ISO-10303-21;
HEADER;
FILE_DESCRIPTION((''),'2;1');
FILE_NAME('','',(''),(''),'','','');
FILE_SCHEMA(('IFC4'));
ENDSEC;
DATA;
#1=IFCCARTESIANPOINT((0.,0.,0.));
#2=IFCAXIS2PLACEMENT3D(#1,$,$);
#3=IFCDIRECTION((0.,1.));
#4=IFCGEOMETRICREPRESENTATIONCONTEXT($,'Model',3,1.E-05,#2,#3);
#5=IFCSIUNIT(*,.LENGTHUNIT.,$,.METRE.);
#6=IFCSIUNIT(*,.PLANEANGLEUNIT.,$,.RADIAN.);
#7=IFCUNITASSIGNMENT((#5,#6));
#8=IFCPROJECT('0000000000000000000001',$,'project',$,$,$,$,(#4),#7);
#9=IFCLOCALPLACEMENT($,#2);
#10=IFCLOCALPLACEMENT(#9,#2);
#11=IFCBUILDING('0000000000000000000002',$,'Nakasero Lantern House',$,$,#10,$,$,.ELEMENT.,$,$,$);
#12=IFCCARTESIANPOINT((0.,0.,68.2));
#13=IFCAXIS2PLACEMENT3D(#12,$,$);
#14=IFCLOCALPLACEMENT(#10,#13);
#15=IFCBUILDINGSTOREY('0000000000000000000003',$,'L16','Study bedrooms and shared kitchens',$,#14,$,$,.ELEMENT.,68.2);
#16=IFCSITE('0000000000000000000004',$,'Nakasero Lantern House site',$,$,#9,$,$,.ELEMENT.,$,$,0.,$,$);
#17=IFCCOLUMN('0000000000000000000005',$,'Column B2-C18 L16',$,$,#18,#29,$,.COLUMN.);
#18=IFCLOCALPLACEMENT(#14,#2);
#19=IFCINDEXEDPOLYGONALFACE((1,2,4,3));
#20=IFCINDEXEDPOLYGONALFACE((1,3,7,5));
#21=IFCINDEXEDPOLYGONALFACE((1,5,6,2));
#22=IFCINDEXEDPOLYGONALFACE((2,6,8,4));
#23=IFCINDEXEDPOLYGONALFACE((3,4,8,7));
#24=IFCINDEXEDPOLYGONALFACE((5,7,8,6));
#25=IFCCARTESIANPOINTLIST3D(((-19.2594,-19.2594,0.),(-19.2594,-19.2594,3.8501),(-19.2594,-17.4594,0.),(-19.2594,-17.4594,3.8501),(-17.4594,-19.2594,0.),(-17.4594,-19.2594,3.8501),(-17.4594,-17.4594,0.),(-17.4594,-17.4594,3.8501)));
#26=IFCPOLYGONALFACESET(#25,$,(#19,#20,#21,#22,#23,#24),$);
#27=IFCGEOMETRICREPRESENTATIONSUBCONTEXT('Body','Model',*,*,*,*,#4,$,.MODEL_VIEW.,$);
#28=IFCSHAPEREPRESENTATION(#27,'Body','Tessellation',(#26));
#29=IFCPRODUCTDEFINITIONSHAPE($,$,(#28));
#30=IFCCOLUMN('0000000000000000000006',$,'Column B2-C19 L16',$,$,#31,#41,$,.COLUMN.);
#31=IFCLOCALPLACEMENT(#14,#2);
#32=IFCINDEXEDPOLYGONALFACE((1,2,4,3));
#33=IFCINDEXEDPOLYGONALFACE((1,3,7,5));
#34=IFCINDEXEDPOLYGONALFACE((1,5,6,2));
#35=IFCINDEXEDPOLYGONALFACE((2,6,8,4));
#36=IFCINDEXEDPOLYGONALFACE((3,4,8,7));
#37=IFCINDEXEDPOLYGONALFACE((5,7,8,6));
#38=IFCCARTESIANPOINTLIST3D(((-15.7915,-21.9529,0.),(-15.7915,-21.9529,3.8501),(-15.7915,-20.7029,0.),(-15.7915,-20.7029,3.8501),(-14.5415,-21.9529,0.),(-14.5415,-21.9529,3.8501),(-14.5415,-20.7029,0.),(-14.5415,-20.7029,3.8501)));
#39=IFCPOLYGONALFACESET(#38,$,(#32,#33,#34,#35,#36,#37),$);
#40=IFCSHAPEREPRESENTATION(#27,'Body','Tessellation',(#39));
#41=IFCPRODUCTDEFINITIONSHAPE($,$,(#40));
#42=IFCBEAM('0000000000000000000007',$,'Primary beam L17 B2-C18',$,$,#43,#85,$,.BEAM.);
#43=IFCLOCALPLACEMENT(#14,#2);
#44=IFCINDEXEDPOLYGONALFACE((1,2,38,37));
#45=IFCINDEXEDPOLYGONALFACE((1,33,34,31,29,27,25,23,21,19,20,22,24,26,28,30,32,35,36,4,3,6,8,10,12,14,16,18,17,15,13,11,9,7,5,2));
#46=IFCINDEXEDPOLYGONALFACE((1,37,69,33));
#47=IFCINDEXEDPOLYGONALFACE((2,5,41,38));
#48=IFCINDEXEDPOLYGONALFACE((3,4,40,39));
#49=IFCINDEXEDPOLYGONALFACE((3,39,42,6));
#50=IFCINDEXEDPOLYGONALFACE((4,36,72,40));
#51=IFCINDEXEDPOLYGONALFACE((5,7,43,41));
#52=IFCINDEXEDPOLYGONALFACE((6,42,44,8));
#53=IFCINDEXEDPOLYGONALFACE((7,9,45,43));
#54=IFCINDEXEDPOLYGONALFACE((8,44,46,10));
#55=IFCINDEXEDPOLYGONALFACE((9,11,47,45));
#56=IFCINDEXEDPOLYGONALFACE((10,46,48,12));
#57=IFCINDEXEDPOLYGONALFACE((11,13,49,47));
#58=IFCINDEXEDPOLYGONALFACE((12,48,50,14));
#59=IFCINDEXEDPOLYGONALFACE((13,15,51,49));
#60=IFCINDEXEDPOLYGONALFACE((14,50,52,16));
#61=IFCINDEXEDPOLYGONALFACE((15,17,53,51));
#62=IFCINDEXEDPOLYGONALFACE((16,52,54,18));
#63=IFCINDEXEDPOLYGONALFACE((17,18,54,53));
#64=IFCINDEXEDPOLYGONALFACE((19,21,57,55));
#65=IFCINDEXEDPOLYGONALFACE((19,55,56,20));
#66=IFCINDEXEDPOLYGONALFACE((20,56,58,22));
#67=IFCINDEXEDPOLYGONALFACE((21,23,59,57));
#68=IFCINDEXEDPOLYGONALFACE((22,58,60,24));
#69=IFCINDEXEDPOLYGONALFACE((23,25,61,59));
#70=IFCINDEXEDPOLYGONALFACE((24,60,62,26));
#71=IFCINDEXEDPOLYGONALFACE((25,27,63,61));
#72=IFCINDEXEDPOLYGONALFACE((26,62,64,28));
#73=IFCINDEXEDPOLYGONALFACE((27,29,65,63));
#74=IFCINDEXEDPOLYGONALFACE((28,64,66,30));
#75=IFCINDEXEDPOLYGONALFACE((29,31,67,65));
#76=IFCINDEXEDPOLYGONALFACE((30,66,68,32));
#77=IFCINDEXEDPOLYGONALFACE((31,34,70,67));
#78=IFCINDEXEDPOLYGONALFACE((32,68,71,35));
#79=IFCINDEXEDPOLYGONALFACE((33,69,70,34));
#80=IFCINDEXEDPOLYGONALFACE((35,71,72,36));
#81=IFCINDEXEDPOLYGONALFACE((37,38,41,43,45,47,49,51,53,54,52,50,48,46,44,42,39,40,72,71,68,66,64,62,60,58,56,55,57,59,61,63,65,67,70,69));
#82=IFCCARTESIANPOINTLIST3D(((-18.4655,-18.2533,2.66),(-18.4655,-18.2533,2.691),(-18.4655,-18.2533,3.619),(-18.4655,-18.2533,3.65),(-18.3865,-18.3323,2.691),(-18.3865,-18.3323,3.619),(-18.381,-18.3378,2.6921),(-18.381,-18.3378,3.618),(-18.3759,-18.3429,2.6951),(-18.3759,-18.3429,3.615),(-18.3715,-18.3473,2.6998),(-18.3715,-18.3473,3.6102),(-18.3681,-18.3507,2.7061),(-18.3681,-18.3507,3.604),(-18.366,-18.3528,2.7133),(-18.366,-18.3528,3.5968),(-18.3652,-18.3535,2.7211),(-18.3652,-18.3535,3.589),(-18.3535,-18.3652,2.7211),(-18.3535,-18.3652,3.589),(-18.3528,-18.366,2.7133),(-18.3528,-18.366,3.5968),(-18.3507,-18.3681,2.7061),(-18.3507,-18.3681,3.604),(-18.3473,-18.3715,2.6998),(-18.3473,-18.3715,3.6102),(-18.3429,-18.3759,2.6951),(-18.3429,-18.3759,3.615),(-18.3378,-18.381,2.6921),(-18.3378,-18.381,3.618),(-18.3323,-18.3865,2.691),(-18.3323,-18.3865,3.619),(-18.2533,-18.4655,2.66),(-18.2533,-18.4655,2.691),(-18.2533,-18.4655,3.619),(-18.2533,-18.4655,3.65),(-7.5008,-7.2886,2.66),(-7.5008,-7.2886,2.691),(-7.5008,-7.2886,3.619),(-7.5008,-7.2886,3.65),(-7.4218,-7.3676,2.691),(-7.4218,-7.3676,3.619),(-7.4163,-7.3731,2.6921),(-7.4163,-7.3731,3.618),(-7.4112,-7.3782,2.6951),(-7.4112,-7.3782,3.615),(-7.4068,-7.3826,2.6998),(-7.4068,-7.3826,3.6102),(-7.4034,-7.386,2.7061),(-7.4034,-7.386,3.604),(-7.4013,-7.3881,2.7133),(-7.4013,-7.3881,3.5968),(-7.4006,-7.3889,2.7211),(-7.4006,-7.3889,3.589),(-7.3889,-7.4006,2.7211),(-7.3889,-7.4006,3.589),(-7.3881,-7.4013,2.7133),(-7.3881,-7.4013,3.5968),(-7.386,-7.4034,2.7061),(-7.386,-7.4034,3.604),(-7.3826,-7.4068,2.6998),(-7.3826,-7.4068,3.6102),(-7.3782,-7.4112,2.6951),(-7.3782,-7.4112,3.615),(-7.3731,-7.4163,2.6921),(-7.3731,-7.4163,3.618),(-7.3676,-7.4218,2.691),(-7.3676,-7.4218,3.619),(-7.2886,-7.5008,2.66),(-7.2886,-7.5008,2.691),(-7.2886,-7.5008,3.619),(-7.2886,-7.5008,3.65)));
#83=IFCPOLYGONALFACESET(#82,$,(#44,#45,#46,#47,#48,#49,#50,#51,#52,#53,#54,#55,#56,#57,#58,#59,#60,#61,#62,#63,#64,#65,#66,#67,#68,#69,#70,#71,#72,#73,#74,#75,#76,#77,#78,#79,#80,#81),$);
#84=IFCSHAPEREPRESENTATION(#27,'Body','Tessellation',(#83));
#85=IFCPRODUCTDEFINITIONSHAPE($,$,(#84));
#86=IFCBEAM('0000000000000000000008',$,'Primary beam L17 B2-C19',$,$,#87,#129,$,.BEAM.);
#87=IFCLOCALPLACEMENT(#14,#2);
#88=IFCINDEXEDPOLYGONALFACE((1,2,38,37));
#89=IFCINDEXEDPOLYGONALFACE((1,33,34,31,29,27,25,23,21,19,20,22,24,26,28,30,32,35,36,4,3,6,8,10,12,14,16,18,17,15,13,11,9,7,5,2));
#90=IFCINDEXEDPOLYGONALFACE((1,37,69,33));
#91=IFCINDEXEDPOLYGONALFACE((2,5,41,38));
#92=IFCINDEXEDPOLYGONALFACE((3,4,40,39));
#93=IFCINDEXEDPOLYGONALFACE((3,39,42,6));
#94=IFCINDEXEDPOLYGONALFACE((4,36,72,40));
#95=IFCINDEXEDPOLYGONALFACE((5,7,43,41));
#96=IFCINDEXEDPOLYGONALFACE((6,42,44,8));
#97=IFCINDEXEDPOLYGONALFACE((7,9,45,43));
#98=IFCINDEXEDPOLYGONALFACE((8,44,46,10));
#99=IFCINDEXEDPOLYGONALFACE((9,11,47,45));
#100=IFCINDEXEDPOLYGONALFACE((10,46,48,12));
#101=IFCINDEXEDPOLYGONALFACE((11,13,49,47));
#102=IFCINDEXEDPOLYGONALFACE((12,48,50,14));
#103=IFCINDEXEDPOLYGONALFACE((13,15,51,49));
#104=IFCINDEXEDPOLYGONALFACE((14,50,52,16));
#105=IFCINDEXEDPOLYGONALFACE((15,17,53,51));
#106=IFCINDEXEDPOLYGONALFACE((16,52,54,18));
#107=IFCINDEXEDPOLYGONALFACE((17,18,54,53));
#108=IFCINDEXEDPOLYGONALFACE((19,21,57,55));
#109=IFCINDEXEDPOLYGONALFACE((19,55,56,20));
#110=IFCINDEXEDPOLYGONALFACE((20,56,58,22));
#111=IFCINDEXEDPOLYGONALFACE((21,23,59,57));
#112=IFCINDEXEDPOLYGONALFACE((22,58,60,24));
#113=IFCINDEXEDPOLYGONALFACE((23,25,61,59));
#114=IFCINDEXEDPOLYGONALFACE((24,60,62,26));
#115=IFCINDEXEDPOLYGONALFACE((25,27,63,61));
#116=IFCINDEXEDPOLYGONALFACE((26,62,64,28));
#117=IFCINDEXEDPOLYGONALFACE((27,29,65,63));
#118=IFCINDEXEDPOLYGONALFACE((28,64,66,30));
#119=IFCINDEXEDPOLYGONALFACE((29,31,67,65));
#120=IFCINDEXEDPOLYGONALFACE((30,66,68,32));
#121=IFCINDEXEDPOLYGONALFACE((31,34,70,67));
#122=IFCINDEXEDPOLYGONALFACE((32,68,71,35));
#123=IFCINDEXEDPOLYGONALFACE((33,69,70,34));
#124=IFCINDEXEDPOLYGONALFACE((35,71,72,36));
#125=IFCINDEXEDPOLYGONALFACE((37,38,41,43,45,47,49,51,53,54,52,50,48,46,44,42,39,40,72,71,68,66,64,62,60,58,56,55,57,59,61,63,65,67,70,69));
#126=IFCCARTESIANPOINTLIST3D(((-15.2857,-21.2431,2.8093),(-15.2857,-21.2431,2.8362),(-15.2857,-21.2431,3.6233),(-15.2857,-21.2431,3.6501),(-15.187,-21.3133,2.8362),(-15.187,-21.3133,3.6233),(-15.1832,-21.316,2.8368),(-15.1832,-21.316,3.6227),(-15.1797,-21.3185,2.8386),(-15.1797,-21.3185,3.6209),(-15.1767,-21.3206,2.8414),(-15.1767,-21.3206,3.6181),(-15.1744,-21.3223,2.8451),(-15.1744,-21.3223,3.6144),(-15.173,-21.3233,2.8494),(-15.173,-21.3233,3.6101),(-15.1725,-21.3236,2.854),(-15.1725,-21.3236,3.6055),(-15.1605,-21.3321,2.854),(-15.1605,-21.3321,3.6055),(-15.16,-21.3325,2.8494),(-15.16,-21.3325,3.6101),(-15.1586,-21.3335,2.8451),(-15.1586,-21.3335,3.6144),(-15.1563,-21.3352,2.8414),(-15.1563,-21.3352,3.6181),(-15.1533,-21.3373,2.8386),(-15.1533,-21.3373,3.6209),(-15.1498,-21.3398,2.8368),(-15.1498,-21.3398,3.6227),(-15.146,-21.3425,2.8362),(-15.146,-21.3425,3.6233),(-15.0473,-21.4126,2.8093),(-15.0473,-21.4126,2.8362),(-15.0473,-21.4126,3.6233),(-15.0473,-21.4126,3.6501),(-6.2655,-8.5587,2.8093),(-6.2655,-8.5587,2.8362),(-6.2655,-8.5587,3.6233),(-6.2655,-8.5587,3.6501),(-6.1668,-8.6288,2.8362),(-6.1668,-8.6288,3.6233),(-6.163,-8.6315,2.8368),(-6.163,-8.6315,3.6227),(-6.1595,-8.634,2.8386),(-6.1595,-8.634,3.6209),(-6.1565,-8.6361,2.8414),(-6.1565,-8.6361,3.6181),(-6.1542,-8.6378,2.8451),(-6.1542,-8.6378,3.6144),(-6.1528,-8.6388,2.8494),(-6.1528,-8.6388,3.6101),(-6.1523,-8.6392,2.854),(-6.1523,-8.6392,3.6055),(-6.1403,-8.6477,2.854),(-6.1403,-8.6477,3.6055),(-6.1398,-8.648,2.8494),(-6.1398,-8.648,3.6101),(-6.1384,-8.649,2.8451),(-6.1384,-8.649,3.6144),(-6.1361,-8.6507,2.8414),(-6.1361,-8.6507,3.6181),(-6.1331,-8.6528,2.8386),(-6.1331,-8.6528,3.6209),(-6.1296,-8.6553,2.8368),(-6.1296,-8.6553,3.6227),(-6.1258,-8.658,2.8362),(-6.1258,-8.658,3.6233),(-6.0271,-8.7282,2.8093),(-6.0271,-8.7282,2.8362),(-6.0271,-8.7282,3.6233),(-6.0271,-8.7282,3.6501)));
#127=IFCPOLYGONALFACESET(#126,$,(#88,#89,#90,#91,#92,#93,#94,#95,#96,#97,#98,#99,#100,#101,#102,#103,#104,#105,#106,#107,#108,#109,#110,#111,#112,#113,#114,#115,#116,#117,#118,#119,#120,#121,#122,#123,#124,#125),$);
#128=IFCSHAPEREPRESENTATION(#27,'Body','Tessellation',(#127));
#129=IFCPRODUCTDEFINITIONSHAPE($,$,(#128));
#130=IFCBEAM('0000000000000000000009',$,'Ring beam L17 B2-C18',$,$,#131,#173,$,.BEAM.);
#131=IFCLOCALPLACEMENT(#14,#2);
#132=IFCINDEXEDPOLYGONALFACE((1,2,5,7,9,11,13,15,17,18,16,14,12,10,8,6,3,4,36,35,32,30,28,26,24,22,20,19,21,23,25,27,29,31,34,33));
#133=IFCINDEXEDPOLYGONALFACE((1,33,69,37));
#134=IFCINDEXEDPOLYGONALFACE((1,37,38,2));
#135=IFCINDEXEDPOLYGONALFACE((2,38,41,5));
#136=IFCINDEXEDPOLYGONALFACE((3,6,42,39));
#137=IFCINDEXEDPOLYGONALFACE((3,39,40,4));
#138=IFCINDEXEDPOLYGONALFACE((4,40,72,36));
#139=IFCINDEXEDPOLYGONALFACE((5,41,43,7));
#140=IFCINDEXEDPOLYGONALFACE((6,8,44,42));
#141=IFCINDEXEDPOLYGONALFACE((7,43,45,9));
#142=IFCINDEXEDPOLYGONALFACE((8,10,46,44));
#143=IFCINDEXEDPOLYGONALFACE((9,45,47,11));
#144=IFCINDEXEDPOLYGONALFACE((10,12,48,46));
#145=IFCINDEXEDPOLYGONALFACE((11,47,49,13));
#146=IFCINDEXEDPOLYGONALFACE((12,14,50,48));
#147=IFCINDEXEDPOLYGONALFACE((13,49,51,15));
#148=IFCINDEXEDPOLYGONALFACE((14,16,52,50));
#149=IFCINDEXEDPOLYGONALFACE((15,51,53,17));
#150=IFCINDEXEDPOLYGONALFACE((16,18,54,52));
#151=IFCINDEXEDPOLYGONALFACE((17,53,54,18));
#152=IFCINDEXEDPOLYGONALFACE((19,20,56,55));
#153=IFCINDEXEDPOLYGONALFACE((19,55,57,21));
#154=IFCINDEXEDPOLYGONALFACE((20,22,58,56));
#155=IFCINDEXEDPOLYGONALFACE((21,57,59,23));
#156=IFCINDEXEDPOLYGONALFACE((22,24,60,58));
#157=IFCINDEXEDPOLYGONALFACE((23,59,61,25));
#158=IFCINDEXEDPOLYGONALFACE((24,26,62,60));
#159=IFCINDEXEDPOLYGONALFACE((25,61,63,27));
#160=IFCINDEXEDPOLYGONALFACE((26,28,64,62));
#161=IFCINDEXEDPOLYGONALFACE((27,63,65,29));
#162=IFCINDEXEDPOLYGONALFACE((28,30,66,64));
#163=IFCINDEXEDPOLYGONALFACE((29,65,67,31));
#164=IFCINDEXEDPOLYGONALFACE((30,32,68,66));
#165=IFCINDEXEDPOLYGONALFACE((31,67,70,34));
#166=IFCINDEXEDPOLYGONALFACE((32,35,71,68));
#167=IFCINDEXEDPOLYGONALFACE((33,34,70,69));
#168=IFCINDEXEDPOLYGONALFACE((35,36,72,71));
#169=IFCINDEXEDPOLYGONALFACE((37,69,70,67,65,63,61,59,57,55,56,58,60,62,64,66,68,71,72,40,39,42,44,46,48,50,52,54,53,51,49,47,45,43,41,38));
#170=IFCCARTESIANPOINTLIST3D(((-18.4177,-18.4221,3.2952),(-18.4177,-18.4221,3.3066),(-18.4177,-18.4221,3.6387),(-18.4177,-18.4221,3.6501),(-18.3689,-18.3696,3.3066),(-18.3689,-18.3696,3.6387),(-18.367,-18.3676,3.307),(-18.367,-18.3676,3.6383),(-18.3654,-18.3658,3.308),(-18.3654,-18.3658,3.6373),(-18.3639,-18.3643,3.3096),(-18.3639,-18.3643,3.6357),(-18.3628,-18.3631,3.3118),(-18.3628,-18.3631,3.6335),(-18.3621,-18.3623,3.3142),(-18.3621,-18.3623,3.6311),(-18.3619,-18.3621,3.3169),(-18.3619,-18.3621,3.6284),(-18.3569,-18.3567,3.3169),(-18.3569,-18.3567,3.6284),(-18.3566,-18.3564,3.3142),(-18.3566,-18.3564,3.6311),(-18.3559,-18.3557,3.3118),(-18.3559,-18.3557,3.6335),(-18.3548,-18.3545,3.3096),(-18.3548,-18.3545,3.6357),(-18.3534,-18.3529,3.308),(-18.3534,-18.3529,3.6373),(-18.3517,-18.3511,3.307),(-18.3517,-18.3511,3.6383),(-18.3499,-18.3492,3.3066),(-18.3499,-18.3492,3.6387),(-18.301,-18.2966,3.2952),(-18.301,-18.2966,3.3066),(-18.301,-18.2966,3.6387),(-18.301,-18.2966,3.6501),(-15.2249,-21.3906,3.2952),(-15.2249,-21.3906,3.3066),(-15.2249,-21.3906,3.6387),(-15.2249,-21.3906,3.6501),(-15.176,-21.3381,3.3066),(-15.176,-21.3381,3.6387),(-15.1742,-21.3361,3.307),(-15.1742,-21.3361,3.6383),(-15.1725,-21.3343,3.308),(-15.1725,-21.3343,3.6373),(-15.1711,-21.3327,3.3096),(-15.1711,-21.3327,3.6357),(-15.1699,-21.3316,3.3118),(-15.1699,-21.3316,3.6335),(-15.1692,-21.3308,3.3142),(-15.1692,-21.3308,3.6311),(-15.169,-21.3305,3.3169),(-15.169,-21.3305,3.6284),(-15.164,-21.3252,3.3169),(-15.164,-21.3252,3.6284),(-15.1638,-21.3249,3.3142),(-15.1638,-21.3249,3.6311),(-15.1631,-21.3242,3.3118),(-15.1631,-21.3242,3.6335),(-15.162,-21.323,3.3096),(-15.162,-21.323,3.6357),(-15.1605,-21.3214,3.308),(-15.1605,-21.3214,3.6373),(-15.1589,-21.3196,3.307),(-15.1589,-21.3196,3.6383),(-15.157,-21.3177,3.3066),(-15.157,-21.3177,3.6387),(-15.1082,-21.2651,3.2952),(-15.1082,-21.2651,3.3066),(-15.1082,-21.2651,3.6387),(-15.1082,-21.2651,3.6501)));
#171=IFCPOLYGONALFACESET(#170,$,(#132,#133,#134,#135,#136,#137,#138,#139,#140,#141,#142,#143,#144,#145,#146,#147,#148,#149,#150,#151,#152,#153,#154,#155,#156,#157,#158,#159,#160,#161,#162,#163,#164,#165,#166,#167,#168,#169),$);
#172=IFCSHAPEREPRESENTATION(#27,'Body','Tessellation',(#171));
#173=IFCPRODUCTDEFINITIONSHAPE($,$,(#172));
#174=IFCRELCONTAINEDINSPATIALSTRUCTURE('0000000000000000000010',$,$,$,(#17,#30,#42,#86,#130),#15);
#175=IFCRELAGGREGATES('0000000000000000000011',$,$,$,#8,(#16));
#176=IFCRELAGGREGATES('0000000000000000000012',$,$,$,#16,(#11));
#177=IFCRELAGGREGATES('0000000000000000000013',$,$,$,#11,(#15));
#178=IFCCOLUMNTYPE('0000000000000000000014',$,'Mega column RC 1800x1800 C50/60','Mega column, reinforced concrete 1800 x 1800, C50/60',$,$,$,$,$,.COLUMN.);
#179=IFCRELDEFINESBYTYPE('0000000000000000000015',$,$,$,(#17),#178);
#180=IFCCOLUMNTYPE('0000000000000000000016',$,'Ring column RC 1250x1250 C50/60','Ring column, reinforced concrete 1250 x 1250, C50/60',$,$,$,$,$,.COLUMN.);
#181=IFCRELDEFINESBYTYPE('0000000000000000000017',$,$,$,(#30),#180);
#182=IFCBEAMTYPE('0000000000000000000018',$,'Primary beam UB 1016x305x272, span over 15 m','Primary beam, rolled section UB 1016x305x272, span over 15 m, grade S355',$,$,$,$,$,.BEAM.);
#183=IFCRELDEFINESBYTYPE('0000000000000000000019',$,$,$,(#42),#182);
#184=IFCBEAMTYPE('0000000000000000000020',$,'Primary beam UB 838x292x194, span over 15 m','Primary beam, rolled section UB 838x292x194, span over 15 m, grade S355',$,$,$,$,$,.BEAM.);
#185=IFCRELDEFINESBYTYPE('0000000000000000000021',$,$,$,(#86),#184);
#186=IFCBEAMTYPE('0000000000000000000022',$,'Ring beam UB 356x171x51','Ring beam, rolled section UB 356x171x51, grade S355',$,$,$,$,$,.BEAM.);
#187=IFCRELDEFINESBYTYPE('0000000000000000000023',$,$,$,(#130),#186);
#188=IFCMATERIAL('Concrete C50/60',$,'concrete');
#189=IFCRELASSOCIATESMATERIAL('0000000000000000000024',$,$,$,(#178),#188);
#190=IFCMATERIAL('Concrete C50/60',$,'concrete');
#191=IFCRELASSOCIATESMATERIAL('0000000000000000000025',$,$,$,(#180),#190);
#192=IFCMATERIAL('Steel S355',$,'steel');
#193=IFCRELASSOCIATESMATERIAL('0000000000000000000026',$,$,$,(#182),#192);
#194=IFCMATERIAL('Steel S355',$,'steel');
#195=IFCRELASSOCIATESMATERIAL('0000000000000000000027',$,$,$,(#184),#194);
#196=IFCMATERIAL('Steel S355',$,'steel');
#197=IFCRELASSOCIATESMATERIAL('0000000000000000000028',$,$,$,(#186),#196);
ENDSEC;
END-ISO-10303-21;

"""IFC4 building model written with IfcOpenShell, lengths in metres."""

from ifc_helpers import new_model, si_unit, direction, frame, origin, origin_2d, place, context, subcontext, project, spatial, rectangle, i_section, extrude, material, material_profile, profile_set, type_object, element, save


model = new_model("IFC4")

# Units and contexts
model_context = context("Model", 3, precision=1e-05, world=origin(), true_north=direction((0.0, 1.0)))
body_context = subcontext(model_context, "Body", "Model", "MODEL_VIEW")
ifc_project = project(units=[si_unit("LENGTHUNIT", "METRE"), si_unit("PLANEANGLEUNIT", "RADIAN")], contexts=[model_context])

# Site, building, storey
site_placement = place(None, origin())
site = spatial("IfcSite", under=ifc_project, at=site_placement, Name="Nakasero Lantern House site", CompositionType="ELEMENT", RefElevation=0.0)
building_placement = place(site_placement, origin())
building = spatial("IfcBuilding", under=site, at=building_placement, Name="Nakasero Lantern House", CompositionType="ELEMENT")
storey_placement = place(building_placement, frame((0.0, 0.0, 68.2)))
storey = spatial("IfcBuildingStorey", under=building, at=storey_placement, Name="L16", Description="Study bedrooms and shared kitchens", CompositionType="ELEMENT", Elevation=68.2)

# Columns
ifc_material_1 = material(Name="Concrete C50/60", Category="concrete")
ifc_material_profile_1 = material_profile(ifc_material_1, rectangle(XDim=1.8, YDim=1.8, at=origin_2d()), Name="RC 1800x1800")
ifc_profile_set_1 = profile_set([ifc_material_profile_1], Name="Concrete C50/60")
column_type_1 = type_object("IfcColumnType", Name="Mega column RC 1800x1800 C50/60", Description="Mega column, reinforced concrete 1800 x 1800, C50/60", PredefinedType="COLUMN", material=ifc_profile_set_1)
column_1_placement = place(storey_placement, frame((-18.3594, -18.3594, 0.0), z_axis=(0.0, 0.0, 1.0), x_axis=(1.0, 0.0, 0.0)))
element("IfcColumn", 1, at=column_1_placement, inside=storey, type_object=column_type_1, Name="Column B2-C18 L16", PredefinedType="COLUMN", context=body_context, shape_type="SweptSolid", body=[
    extrude(rectangle(XDim=1.8, YDim=1.8, at=origin_2d()), origin(), (0.0, 0.0, 1.0), 3.8501),
])
ifc_material_2 = material(Name="Concrete C50/60", Category="concrete")
ifc_material_profile_2 = material_profile(ifc_material_2, rectangle(XDim=1.25, YDim=1.25, at=origin_2d()), Name="RC 1250x1250")
ifc_profile_set_2 = profile_set([ifc_material_profile_2], Name="Concrete C50/60")
column_type_2 = type_object("IfcColumnType", Name="Ring column RC 1250x1250 C50/60", Description="Ring column, reinforced concrete 1250 x 1250, C50/60", PredefinedType="COLUMN", material=ifc_profile_set_2)
column_2_placement = place(storey_placement, frame((-15.1665, -21.3279, 0.0), z_axis=(0.0, 0.0, 1.0), x_axis=(1.0, 0.0, 0.0)))
element("IfcColumn", 2, at=column_2_placement, inside=storey, type_object=column_type_2, Name="Column B2-C19 L16", PredefinedType="COLUMN", context=body_context, shape_type="SweptSolid", body=[
    extrude(rectangle(XDim=1.25, YDim=1.25, at=origin_2d()), origin(), (0.0, 0.0, 1.0), 3.8501),
])

# Beams
ifc_material_3 = material(Name="Steel S355", Category="steel")
ifc_material_profile_3 = material_profile(ifc_material_3, i_section(OverallWidth=0.3, OverallDepth=0.99, WebThickness=0.0166, FlangeThickness=0.031, FilletRadius=0.03, at=origin_2d()), Name="UB 1016x305x272")
ifc_profile_set_3 = profile_set([ifc_material_profile_3], Name="Steel S355")
beam_type_1 = type_object("IfcBeamType", Name="Primary beam UB 1016x305x272, span over 15 m", Description="Primary beam, rolled section UB 1016x305x272, span over 15 m, grade S355", PredefinedType="BEAM", material=ifc_profile_set_3)
beam_1_placement = place(storey_placement, frame((-18.3594, -18.3594, 3.155), z_axis=(0.707107, 0.707107, 0.0), x_axis=(-0.707107, 0.707107, 0.0)))
element("IfcBeam", 3, at=beam_1_placement, inside=storey, type_object=beam_type_1, Name="Primary beam L17 B2-C18", PredefinedType="BEAM", context=body_context, shape_type="SweptSolid", body=[
    extrude(i_section(OverallWidth=0.3, OverallDepth=0.99, WebThickness=0.0166, FlangeThickness=0.031, FilletRadius=0.03, at=origin_2d()), origin(), (0.0, 0.0, 1.0), 15.5063),
])
ifc_material_4 = material(Name="Steel S355", Category="steel")
ifc_material_profile_4 = material_profile(ifc_material_4, i_section(OverallWidth=0.2925, OverallDepth=0.8408, WebThickness=0.0146, FlangeThickness=0.0269, FilletRadius=0.0178, at=origin_2d()), Name="UB 838x292x194")
ifc_profile_set_4 = profile_set([ifc_material_profile_4], Name="Steel S355")
beam_type_2 = type_object("IfcBeamType", Name="Primary beam UB 838x292x194, span over 15 m", Description="Primary beam, rolled section UB 838x292x194, span over 15 m, grade S355", PredefinedType="BEAM", material=ifc_profile_set_4)
beam_2_placement = place(storey_placement, frame((-15.1665, -21.3279, 3.2297), z_axis=(0.579529, 0.814952, 0.0), x_axis=(-0.814952, 0.579529, 0.0)))
element("IfcBeam", 4, at=beam_2_placement, inside=storey, type_object=beam_type_2, Name="Primary beam L17 B2-C19", PredefinedType="BEAM", context=body_context, shape_type="SweptSolid", body=[
    extrude(i_section(OverallWidth=0.2925, OverallDepth=0.8408, WebThickness=0.0146, FlangeThickness=0.0269, FilletRadius=0.0178, at=origin_2d()), origin(), (0.0, 0.0, 1.0), 15.5647),
])
ifc_material_5 = material(Name="Steel S355", Category="steel")
ifc_material_profile_5 = material_profile(ifc_material_5, i_section(OverallWidth=0.1714, OverallDepth=0.355, WebThickness=0.0073, FlangeThickness=0.0115, FilletRadius=0.0103, at=origin_2d()), Name="UB 356x171x51")
ifc_profile_set_5 = profile_set([ifc_material_profile_5], Name="Steel S355")
beam_type_3 = type_object("IfcBeamType", Name="Ring beam UB 356x171x51", Description="Ring beam, rolled section UB 356x171x51, grade S355", PredefinedType="BEAM", material=ifc_profile_set_5)
beam_3_placement = place(storey_placement, frame((-18.3594, -18.3594, 3.4727), z_axis=(0.732371, -0.680906, 0.0), x_axis=(0.680906, 0.732371, 0.0)))
element("IfcBeam", 5, at=beam_3_placement, inside=storey, type_object=beam_type_3, Name="Ring beam L17 B2-C18", PredefinedType="BEAM", context=body_context, shape_type="SweptSolid", body=[
    extrude(i_section(OverallWidth=0.1714, OverallDepth=0.355, WebThickness=0.0073, FlangeThickness=0.0115, FilletRadius=0.0103, at=origin_2d()), origin(), (0.0, 0.0, 1.0), 4.3596),
])

save(model, "model.ifc")
